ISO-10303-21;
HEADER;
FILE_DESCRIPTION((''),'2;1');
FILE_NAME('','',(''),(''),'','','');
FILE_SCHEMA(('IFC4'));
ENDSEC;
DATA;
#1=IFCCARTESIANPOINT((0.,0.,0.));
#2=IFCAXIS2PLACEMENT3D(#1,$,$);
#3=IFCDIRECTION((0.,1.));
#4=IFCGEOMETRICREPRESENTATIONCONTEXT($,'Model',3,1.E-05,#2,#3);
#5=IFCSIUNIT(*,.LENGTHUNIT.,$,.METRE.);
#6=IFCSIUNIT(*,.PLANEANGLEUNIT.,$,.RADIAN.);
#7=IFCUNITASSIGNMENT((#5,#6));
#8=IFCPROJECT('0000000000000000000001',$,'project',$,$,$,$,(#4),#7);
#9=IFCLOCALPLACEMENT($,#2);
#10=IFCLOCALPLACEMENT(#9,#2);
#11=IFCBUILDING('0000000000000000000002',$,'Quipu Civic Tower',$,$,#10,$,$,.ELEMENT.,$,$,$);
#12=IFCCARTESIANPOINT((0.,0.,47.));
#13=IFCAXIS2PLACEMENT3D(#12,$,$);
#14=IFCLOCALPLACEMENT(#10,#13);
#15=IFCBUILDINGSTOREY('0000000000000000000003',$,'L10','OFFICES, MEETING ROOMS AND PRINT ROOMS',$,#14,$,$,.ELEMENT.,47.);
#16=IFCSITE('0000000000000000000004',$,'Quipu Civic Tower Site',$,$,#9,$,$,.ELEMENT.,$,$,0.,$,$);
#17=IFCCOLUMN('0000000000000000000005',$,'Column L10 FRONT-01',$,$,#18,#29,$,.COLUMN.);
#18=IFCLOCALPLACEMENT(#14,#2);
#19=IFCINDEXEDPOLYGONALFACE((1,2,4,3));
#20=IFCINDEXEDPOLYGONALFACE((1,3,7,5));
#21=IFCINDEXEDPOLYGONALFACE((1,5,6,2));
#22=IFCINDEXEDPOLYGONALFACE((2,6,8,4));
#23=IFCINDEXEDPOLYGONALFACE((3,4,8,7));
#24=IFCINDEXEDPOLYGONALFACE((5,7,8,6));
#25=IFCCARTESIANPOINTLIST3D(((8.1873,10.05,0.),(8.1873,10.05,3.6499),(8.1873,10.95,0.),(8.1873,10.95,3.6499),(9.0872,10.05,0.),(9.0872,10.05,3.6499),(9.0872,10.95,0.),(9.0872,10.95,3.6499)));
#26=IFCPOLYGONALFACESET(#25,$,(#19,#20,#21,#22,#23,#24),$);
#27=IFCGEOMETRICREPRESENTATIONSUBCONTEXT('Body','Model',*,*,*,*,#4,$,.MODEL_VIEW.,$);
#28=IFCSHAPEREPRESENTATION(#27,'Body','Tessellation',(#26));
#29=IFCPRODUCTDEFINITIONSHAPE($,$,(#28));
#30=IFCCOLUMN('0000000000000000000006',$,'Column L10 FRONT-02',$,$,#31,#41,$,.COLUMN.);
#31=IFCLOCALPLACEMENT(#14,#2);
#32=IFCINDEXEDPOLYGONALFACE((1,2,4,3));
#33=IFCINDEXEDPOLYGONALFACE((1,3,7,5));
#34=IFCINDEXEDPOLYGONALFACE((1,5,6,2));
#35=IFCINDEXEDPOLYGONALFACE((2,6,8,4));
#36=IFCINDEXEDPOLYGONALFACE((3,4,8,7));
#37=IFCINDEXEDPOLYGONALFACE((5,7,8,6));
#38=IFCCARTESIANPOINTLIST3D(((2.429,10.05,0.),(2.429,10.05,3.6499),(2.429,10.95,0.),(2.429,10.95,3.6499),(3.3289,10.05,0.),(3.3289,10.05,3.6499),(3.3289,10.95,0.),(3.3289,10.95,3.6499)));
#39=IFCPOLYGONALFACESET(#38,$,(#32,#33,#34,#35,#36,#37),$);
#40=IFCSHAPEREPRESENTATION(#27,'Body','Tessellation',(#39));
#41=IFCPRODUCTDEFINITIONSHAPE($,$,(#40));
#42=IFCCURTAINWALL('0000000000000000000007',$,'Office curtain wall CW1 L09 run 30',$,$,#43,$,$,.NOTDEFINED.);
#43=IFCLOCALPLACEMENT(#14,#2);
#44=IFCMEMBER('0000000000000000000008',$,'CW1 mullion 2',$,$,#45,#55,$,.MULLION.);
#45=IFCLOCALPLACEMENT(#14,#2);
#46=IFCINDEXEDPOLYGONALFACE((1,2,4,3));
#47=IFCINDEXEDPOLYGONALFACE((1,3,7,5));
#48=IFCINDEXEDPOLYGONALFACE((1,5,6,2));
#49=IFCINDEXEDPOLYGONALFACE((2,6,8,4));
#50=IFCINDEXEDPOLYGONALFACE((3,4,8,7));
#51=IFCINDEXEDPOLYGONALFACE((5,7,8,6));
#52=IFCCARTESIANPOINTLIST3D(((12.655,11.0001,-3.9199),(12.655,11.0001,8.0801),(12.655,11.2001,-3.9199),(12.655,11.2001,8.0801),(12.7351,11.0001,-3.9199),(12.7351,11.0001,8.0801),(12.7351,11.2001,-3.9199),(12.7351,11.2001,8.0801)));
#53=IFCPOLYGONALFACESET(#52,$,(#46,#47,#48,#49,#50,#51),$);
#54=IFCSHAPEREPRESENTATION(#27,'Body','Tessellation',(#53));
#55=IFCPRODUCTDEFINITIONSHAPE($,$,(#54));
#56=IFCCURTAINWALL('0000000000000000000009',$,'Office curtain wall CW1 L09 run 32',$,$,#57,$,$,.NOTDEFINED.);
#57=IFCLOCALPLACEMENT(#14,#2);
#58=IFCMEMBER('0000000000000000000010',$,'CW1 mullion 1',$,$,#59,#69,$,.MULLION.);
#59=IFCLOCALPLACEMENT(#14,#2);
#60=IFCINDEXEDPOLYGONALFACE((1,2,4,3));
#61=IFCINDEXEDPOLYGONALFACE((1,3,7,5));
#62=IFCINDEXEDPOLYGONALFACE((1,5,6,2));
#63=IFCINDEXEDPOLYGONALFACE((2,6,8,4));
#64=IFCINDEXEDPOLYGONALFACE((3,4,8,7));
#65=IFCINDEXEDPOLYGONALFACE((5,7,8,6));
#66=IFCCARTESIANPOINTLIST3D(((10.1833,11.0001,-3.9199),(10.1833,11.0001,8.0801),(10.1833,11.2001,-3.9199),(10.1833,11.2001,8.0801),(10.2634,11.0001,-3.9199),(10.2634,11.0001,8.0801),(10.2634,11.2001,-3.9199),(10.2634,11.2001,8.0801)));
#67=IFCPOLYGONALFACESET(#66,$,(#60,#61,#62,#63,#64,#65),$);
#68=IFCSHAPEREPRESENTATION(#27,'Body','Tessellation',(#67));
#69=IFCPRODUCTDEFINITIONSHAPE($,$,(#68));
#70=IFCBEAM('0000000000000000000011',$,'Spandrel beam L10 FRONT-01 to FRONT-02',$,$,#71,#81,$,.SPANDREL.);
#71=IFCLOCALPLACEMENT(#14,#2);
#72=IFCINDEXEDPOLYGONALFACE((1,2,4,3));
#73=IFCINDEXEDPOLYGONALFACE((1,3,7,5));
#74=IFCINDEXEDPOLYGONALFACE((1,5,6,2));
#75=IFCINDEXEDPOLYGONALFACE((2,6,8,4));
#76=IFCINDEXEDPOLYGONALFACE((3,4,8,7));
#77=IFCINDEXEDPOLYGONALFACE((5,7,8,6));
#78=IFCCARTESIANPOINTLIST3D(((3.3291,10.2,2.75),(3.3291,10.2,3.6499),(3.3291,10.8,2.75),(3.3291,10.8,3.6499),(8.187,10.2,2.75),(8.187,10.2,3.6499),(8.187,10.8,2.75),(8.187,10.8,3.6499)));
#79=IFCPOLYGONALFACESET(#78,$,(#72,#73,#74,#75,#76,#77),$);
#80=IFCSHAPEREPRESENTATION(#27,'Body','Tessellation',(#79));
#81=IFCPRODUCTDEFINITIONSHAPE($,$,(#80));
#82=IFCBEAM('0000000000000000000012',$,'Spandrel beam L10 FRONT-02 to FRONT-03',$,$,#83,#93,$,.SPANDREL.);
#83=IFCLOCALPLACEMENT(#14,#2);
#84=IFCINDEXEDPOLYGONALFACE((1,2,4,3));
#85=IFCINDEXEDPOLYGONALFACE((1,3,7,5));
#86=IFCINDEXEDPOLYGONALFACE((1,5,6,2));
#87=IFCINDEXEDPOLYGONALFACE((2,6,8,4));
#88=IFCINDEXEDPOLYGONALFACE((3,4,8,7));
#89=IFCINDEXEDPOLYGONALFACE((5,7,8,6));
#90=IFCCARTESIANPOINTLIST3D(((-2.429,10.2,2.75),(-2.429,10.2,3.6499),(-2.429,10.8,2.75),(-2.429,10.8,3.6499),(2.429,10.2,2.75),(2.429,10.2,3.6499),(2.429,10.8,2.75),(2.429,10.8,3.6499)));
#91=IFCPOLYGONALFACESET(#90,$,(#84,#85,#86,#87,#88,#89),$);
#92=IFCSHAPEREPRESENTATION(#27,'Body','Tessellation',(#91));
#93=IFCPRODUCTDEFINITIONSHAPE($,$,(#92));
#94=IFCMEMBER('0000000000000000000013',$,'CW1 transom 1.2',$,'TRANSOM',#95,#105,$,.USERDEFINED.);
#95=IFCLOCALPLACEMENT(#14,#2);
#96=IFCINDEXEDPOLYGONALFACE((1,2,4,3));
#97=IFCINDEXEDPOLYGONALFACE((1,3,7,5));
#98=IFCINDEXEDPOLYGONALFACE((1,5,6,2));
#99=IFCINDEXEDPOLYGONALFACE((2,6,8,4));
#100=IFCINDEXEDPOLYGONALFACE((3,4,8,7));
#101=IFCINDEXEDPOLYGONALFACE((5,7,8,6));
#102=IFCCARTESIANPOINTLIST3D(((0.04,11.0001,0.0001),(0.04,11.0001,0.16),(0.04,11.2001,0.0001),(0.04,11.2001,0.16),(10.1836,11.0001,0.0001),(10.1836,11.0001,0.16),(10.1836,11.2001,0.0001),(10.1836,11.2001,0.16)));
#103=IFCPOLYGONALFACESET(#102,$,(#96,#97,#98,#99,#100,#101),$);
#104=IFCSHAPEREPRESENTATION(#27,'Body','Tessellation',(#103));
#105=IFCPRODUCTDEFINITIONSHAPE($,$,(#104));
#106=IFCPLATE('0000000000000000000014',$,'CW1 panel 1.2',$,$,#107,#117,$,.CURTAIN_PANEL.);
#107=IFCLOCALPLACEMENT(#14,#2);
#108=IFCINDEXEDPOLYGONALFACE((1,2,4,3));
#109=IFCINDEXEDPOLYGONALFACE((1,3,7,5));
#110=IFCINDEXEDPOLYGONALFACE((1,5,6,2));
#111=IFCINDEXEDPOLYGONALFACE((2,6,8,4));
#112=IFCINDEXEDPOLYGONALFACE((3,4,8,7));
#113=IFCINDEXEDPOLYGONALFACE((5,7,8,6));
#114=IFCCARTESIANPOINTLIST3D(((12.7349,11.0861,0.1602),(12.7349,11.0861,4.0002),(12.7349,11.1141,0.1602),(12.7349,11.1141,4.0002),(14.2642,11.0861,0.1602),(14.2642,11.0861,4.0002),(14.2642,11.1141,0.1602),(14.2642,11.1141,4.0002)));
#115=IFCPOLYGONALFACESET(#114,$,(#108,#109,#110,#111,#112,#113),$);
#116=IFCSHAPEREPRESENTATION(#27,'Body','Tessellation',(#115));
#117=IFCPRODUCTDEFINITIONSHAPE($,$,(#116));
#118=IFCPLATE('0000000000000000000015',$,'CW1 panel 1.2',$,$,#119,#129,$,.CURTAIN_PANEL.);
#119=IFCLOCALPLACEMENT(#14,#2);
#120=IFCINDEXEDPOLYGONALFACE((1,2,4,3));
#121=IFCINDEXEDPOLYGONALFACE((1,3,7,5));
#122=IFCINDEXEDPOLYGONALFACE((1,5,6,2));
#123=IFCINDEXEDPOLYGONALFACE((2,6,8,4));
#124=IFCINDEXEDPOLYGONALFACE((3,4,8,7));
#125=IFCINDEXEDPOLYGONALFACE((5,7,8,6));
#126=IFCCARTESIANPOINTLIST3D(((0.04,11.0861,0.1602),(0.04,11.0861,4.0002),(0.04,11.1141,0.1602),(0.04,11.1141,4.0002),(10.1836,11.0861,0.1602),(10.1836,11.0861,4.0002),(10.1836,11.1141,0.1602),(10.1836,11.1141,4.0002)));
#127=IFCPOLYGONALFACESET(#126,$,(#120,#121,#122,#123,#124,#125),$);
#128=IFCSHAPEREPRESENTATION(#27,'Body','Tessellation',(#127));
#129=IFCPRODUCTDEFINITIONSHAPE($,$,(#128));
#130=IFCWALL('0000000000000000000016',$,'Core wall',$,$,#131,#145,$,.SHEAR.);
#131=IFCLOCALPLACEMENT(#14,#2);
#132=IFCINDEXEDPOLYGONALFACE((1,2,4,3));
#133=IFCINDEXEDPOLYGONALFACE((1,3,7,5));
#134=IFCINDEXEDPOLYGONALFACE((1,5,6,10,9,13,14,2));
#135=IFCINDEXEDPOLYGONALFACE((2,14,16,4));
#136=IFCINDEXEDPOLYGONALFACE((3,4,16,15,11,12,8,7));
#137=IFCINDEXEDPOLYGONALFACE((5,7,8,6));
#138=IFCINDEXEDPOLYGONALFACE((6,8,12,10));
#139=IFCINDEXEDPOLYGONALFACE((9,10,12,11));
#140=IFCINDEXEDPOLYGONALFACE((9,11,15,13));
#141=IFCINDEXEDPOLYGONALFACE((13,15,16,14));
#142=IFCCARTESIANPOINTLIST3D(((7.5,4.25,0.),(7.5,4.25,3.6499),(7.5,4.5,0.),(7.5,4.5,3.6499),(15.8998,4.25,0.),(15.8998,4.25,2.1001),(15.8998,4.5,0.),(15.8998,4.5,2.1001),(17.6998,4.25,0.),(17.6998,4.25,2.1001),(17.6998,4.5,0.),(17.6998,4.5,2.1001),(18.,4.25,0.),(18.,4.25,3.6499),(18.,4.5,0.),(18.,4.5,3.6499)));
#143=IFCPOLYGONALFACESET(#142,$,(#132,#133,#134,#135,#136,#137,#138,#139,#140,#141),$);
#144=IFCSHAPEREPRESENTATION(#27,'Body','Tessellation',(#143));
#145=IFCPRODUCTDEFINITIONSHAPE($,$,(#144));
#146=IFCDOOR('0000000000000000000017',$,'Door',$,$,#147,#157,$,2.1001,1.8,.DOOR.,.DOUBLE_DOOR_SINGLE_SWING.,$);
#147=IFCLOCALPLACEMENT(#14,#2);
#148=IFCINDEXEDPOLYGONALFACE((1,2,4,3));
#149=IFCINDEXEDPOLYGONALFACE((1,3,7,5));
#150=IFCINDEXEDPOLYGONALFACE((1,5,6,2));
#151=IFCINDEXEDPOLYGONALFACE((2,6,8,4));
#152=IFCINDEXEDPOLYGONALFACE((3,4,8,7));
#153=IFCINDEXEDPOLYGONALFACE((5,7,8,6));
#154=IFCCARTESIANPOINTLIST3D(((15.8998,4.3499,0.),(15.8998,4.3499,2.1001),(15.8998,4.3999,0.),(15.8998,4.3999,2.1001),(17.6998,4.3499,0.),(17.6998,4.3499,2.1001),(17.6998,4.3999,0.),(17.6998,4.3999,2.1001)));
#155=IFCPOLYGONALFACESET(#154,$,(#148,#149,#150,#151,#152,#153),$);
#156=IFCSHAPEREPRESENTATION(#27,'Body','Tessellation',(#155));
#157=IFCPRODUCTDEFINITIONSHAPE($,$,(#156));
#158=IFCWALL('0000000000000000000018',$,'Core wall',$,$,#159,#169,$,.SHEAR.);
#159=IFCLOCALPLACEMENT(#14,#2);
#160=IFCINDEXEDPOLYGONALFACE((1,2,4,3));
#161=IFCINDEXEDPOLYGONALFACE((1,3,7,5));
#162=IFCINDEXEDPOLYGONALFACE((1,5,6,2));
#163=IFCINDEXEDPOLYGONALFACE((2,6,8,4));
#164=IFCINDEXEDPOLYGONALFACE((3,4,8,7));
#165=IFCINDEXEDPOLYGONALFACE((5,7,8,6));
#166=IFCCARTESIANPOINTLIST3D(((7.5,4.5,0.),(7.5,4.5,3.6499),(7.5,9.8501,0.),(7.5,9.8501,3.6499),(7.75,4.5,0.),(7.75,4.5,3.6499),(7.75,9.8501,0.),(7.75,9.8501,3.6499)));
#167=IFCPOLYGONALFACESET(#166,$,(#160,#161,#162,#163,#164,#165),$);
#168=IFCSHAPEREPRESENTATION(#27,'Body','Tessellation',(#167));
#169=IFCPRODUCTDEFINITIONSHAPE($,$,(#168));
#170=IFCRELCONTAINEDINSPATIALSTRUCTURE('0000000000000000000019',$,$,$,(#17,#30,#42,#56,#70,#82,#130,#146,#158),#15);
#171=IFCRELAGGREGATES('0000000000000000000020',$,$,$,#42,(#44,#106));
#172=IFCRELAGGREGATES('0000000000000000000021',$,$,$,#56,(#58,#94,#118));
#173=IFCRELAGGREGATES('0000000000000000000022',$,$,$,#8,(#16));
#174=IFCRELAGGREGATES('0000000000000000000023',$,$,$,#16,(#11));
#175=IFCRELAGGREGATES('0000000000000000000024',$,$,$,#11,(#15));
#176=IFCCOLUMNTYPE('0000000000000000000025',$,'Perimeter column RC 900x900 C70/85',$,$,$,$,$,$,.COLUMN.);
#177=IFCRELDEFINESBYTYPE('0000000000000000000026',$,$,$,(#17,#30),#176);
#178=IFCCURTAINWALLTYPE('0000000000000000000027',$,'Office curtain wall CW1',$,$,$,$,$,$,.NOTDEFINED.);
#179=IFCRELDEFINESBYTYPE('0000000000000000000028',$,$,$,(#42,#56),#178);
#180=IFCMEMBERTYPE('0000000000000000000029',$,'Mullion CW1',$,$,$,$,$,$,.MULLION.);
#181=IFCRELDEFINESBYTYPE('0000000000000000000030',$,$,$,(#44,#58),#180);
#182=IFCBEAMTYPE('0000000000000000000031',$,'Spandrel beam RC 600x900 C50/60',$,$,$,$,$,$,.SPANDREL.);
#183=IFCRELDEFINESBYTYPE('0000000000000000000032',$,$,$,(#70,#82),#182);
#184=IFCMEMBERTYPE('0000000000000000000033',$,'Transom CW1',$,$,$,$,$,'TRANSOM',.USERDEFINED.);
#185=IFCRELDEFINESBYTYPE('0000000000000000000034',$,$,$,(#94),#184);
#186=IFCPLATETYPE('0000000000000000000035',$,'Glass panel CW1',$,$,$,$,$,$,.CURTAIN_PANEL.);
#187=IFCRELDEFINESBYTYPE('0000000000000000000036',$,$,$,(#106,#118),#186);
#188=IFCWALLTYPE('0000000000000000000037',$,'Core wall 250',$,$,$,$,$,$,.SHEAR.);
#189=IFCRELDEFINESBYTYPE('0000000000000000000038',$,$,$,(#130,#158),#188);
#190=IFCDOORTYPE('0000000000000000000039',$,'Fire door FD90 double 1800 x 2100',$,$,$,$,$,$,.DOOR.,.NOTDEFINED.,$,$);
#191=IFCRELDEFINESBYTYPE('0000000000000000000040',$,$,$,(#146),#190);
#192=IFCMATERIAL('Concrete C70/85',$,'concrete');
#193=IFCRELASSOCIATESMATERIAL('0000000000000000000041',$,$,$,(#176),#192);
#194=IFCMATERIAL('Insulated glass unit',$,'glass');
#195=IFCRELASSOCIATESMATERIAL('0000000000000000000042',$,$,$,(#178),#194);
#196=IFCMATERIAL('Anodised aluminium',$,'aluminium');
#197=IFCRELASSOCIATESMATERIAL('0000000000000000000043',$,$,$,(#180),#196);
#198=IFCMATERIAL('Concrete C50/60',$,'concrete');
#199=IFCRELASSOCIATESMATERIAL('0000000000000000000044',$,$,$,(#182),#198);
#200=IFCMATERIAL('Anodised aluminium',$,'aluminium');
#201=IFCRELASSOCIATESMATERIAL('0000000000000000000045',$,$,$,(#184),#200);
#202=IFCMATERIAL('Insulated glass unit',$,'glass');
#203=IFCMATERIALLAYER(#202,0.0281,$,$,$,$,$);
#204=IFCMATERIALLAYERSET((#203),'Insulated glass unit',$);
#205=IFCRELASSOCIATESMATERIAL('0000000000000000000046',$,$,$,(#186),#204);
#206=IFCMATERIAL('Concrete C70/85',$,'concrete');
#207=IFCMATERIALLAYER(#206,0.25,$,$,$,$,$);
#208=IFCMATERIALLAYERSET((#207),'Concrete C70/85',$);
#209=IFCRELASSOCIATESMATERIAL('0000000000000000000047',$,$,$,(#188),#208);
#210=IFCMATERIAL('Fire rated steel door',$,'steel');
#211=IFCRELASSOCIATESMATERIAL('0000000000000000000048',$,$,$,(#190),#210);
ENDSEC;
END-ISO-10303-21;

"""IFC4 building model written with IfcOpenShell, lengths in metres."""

from ifc_helpers import new_model, si_unit, direction, frame, frame_2d, origin, origin_2d, place, context, subcontext, project, spatial, rectangle, extrude, material, layer, layer_set, material_profile, profile_set, type_object, element, fill, aggregate, save


model = new_model("IFC4")

# Units and contexts
model_context = context("Model", 3, precision=1e-05, world=origin(), true_north=direction((0.0, 1.0)))
body_context = subcontext(model_context, "Body", "Model", "MODEL_VIEW")
ifc_project = project(units=[si_unit("LENGTHUNIT", "METRE"), si_unit("PLANEANGLEUNIT", "RADIAN")], contexts=[model_context])

# Site, building, storey
site_placement = place(None, origin())
site = spatial("IfcSite", under=ifc_project, at=site_placement, Name="Quipu Civic Tower Site", CompositionType="ELEMENT", RefElevation=0.0)
building_placement = place(site_placement, origin())
building = spatial("IfcBuilding", under=site, at=building_placement, Name="Quipu Civic Tower", CompositionType="ELEMENT")
storey_placement = place(building_placement, frame((0.0, 0.0, 47.0)))
storey = spatial("IfcBuildingStorey", under=building, at=storey_placement, Name="L10", Description="OFFICES, MEETING ROOMS AND PRINT ROOMS", CompositionType="ELEMENT", Elevation=47.0)

# Columns
ifc_material_1 = material(Name="Concrete C70/85", Category="concrete")
ifc_material_profile_1 = material_profile(ifc_material_1, rectangle(XDim=0.8999, YDim=0.8999, at=origin_2d()), Name="RC900x900")
ifc_profile_set_1 = profile_set([ifc_material_profile_1], Name="Concrete C70/85")
column_type = type_object("IfcColumnType", Name="Perimeter column RC 900x900 C70/85", PredefinedType="COLUMN", material=ifc_profile_set_1)
for number, where, z_axis, x_axis, name in (
    (1, (8.6372, 10.5, 0.0), (0.0, 0.0, 1.0), (-1.0, 0.0, 0.0), "Column L10 FRONT-01"),
    (2, (2.8789, 10.5, 0.0), (0.0, 0.0, 1.0), (-1.0, 0.0, 0.0), "Column L10 FRONT-02"),
):
    element("IfcColumn", number, at=place(storey_placement, frame(where, z_axis=z_axis, x_axis=x_axis)), inside=storey, type_object=column_type, Name=name, PredefinedType="COLUMN", context=body_context, shape_type="SweptSolid", body=[
        extrude(rectangle(XDim=0.8999, YDim=0.8999, at=origin_2d()), origin(), (0.0, 0.0, 1.0), 3.6499),
    ])

# Curtain walls, members
ifc_material_2 = material(Name="Insulated glass unit", Category="glass")
curtain_wall_type = type_object("IfcCurtainWallType", Name="Office curtain wall CW1", PredefinedType="NOTDEFINED", material=ifc_material_2)
curtain_wall_1_placement = place(storey_placement, origin())
curtain_wall_1 = element("IfcCurtainWall", 3, at=curtain_wall_1_placement, inside=storey, type_object=curtain_wall_type, Name="Office curtain wall CW1 L09 run 30", PredefinedType="NOTDEFINED")
ifc_material_3 = material(Name="Anodised aluminium", Category="aluminium")
ifc_material_profile_2 = material_profile(ifc_material_3, rectangle(XDim=0.2, YDim=0.0801, at=origin_2d()), Name="RECT 200x80")
ifc_profile_set_2 = profile_set([ifc_material_profile_2], Name="Anodised aluminium")
member_type_1 = type_object("IfcMemberType", Name="Mullion CW1", PredefinedType="MULLION", material=ifc_profile_set_2)
member_1_placement = place(storey_placement, frame((12.6951, 11.1001, -3.9199), z_axis=(0.0, 0.0, 1.0), x_axis=(0.0, -1.0, 0.0)))
member_1 = element("IfcMember", 4, at=member_1_placement, type_object=member_type_1, Name="CW1 mullion 2", PredefinedType="MULLION", context=body_context, shape_type="SweptSolid", body=[
    extrude(rectangle(XDim=0.2, YDim=0.0801, at=origin_2d()), origin(), (0.0, 0.0, 1.0), 12.0),
])
curtain_wall_2_placement = place(storey_placement, origin())
curtain_wall_2 = element("IfcCurtainWall", 5, at=curtain_wall_2_placement, inside=storey, type_object=curtain_wall_type, Name="Office curtain wall CW1 L09 run 32", PredefinedType="NOTDEFINED")
member_2_placement = place(storey_placement, frame((10.2234, 11.1001, -3.9199), z_axis=(0.0, 0.0, 1.0), x_axis=(0.0, -1.0, 0.0)))
member_2 = element("IfcMember", 6, at=member_2_placement, type_object=member_type_1, Name="CW1 mullion 1", PredefinedType="MULLION", context=body_context, shape_type="SweptSolid", body=[
    extrude(rectangle(XDim=0.2, YDim=0.0801, at=origin_2d()), origin(), (0.0, 0.0, 1.0), 12.0),
])

# Beams
ifc_material_4 = material(Name="Concrete C50/60", Category="concrete")
ifc_material_profile_3 = material_profile(ifc_material_4, rectangle(XDim=0.6001, YDim=0.8999, at=origin_2d()), Name="RC600x900")
ifc_profile_set_3 = profile_set([ifc_material_profile_3], Name="Concrete C50/60")
beam_type = type_object("IfcBeamType", Name="Spandrel beam RC 600x900 C50/60", PredefinedType="SPANDREL", material=ifc_profile_set_3)
for number, where, z_axis, x_axis, name in (
    (7, (8.187, 10.5, 3.2), (-1.0, 0.0, 0.0), (0.0, -1.0, 0.0), "Spandrel beam L10 FRONT-01 to FRONT-02"),
    (8, (2.429, 10.5, 3.2), (-1.0, 0.0, 0.0), (0.0, -1.0, 0.0), "Spandrel beam L10 FRONT-02 to FRONT-03"),
):
    element("IfcBeam", number, at=place(storey_placement, frame(where, z_axis=z_axis, x_axis=x_axis)), inside=storey, type_object=beam_type, Name=name, PredefinedType="SPANDREL", context=body_context, shape_type="SweptSolid", body=[
        extrude(rectangle(XDim=0.6001, YDim=0.8999, at=origin_2d()), origin(), (0.0, 0.0, 1.0), 4.8579),
    ])

# Member
ifc_material_5 = material(Name="Anodised aluminium", Category="aluminium")
ifc_material_profile_4 = material_profile(ifc_material_5, rectangle(XDim=0.2, YDim=0.1599, at=origin_2d()), Name="RECT 200x160")
ifc_profile_set_4 = profile_set([ifc_material_profile_4], Name="Anodised aluminium")
member_type_2 = type_object("IfcMemberType", Name="Transom CW1", ElementType="TRANSOM", PredefinedType="USERDEFINED", material=ifc_profile_set_4)
member_3_placement = place(storey_placement, frame((10.1836, 11.1001, 0.0801), z_axis=(-1.0, 0.0, 0.0), x_axis=(0.0, -1.0, 0.0)))
member_3 = element("IfcMember", 9, at=member_3_placement, type_object=member_type_2, Name="CW1 transom 1.2", ObjectType="TRANSOM", PredefinedType="USERDEFINED", context=body_context, shape_type="SweptSolid", body=[
    extrude(rectangle(XDim=0.2, YDim=0.1599, at=origin_2d()), origin(), (0.0, 0.0, 1.0), 10.1436),
])

# Plates
ifc_material_6 = material(Name="Insulated glass unit", Category="glass")
ifc_layer_1 = layer(ifc_material_6, 0.0281)
ifc_layer_set_1 = layer_set([ifc_layer_1], Name="Insulated glass unit")
plate_type = type_object("IfcPlateType", Name="Glass panel CW1", PredefinedType="CURTAIN_PANEL", material=ifc_layer_set_1)
plate_1_placement = place(storey_placement, frame((13.4995, 11.1001, 0.1602), z_axis=(0.0, 0.0, 1.0), x_axis=(-1.0, 0.0, 0.0)))
plate_1 = element("IfcPlate", 10, at=plate_1_placement, type_object=plate_type, Name="CW1 panel 1.2", PredefinedType="CURTAIN_PANEL", context=body_context, shape_type="SweptSolid", body=[
    extrude(rectangle(XDim=1.5293, YDim=0.0281, at=origin_2d()), origin(), (0.0, 0.0, 1.0), 3.8401),
])
aggregate(curtain_wall_1, [member_1, plate_1])
plate_2_placement = place(storey_placement, frame((5.1118, 11.1001, 0.1602), z_axis=(0.0, 0.0, 1.0), x_axis=(-1.0, 0.0, 0.0)))
plate_2 = element("IfcPlate", 11, at=plate_2_placement, type_object=plate_type, Name="CW1 panel 1.2", PredefinedType="CURTAIN_PANEL", context=body_context, shape_type="SweptSolid", body=[
    extrude(rectangle(XDim=10.1436, YDim=0.0281, at=origin_2d()), origin(), (0.0, 0.0, 1.0), 3.8401),
])
aggregate(curtain_wall_2, [member_2, member_3, plate_2])

# Wall, opening, door
ifc_material_7 = material(Name="Concrete C70/85", Category="concrete")
ifc_layer_2 = layer(ifc_material_7, 0.25)
ifc_layer_set_2 = layer_set([ifc_layer_2], Name="Concrete C70/85")
wall_type_1 = type_object("IfcWallType", Name="Core wall 250", PredefinedType="SHEAR", material=ifc_layer_set_2)
wall_1_placement = place(storey_placement, frame((7.5, 4.375, 0.0), z_axis=(0.0, 0.0, 1.0), x_axis=(1.0, 0.0, 0.0)))
wall_1 = element("IfcWall", 12, at=wall_1_placement, inside=storey, type_object=wall_type_1, Name="Core wall", PredefinedType="SHEAR", context=body_context, shape_type="SweptSolid", body=[
    extrude(rectangle(XDim=10.5, YDim=0.25, at=frame_2d((5.25, 0.0))), origin(), (0.0, 0.0, 1.0), 3.6499),
])
opening_1_placement = place(wall_1_placement, frame((8.3999, 0.0, 0.0)))
opening_1 = element("IfcOpeningElement", 13, at=opening_1_placement, cuts=wall_1, PredefinedType="OPENING", context=body_context, shape_type="SweptSolid", body=[
    extrude(rectangle(XDim=1.8, YDim=2.1001, at=frame_2d((0.8999, 1.05))), frame((0.0, 0.135, 0.0), z_axis=(0.0, -1.0, 0.0), x_axis=(1.0, 0.0, 0.0)), (0.0, 0.0, 1.0), 0.27),
])
ifc_material_8 = material(Name="Fire rated steel door", Category="steel")
door_type = type_object("IfcDoorType", Name="Fire door FD90 double 1800 x 2100", OperationType="NOTDEFINED", PredefinedType="DOOR", material=ifc_material_8)
door_placement = place(opening_1_placement, origin())
door = element("IfcDoor", 14, at=door_placement, inside=storey, type_object=door_type, Name="Door", OperationType="DOUBLE_DOOR_SINGLE_SWING", OverallHeight=2.1001, OverallWidth=1.8, PredefinedType="DOOR", context=body_context, shape_type="SweptSolid", body=[
    extrude(rectangle(XDim=1.8, YDim=2.1001, at=frame_2d((0.8999, 1.05))), frame((0.0, 0.0249, 0.0), z_axis=(0.0, -1.0, 0.0), x_axis=(1.0, 0.0, 0.0)), (0.0, 0.0, 1.0), 0.05),
])
fill(opening_1, door)

# Wall
wall_2_placement = place(storey_placement, frame((7.625, 4.5, 0.0), z_axis=(0.0, 0.0, 1.0), x_axis=(0.0, 1.0, 0.0)))
element("IfcWall", 15, at=wall_2_placement, inside=storey, type_object=wall_type_1, Name="Core wall", PredefinedType="SHEAR", context=body_context, shape_type="SweptSolid", body=[
    extrude(rectangle(XDim=5.3501, YDim=0.25, at=frame_2d((2.675, 0.0))), origin(), (0.0, 0.0, 1.0), 3.6499),
])

save(model, "model.ifc")
